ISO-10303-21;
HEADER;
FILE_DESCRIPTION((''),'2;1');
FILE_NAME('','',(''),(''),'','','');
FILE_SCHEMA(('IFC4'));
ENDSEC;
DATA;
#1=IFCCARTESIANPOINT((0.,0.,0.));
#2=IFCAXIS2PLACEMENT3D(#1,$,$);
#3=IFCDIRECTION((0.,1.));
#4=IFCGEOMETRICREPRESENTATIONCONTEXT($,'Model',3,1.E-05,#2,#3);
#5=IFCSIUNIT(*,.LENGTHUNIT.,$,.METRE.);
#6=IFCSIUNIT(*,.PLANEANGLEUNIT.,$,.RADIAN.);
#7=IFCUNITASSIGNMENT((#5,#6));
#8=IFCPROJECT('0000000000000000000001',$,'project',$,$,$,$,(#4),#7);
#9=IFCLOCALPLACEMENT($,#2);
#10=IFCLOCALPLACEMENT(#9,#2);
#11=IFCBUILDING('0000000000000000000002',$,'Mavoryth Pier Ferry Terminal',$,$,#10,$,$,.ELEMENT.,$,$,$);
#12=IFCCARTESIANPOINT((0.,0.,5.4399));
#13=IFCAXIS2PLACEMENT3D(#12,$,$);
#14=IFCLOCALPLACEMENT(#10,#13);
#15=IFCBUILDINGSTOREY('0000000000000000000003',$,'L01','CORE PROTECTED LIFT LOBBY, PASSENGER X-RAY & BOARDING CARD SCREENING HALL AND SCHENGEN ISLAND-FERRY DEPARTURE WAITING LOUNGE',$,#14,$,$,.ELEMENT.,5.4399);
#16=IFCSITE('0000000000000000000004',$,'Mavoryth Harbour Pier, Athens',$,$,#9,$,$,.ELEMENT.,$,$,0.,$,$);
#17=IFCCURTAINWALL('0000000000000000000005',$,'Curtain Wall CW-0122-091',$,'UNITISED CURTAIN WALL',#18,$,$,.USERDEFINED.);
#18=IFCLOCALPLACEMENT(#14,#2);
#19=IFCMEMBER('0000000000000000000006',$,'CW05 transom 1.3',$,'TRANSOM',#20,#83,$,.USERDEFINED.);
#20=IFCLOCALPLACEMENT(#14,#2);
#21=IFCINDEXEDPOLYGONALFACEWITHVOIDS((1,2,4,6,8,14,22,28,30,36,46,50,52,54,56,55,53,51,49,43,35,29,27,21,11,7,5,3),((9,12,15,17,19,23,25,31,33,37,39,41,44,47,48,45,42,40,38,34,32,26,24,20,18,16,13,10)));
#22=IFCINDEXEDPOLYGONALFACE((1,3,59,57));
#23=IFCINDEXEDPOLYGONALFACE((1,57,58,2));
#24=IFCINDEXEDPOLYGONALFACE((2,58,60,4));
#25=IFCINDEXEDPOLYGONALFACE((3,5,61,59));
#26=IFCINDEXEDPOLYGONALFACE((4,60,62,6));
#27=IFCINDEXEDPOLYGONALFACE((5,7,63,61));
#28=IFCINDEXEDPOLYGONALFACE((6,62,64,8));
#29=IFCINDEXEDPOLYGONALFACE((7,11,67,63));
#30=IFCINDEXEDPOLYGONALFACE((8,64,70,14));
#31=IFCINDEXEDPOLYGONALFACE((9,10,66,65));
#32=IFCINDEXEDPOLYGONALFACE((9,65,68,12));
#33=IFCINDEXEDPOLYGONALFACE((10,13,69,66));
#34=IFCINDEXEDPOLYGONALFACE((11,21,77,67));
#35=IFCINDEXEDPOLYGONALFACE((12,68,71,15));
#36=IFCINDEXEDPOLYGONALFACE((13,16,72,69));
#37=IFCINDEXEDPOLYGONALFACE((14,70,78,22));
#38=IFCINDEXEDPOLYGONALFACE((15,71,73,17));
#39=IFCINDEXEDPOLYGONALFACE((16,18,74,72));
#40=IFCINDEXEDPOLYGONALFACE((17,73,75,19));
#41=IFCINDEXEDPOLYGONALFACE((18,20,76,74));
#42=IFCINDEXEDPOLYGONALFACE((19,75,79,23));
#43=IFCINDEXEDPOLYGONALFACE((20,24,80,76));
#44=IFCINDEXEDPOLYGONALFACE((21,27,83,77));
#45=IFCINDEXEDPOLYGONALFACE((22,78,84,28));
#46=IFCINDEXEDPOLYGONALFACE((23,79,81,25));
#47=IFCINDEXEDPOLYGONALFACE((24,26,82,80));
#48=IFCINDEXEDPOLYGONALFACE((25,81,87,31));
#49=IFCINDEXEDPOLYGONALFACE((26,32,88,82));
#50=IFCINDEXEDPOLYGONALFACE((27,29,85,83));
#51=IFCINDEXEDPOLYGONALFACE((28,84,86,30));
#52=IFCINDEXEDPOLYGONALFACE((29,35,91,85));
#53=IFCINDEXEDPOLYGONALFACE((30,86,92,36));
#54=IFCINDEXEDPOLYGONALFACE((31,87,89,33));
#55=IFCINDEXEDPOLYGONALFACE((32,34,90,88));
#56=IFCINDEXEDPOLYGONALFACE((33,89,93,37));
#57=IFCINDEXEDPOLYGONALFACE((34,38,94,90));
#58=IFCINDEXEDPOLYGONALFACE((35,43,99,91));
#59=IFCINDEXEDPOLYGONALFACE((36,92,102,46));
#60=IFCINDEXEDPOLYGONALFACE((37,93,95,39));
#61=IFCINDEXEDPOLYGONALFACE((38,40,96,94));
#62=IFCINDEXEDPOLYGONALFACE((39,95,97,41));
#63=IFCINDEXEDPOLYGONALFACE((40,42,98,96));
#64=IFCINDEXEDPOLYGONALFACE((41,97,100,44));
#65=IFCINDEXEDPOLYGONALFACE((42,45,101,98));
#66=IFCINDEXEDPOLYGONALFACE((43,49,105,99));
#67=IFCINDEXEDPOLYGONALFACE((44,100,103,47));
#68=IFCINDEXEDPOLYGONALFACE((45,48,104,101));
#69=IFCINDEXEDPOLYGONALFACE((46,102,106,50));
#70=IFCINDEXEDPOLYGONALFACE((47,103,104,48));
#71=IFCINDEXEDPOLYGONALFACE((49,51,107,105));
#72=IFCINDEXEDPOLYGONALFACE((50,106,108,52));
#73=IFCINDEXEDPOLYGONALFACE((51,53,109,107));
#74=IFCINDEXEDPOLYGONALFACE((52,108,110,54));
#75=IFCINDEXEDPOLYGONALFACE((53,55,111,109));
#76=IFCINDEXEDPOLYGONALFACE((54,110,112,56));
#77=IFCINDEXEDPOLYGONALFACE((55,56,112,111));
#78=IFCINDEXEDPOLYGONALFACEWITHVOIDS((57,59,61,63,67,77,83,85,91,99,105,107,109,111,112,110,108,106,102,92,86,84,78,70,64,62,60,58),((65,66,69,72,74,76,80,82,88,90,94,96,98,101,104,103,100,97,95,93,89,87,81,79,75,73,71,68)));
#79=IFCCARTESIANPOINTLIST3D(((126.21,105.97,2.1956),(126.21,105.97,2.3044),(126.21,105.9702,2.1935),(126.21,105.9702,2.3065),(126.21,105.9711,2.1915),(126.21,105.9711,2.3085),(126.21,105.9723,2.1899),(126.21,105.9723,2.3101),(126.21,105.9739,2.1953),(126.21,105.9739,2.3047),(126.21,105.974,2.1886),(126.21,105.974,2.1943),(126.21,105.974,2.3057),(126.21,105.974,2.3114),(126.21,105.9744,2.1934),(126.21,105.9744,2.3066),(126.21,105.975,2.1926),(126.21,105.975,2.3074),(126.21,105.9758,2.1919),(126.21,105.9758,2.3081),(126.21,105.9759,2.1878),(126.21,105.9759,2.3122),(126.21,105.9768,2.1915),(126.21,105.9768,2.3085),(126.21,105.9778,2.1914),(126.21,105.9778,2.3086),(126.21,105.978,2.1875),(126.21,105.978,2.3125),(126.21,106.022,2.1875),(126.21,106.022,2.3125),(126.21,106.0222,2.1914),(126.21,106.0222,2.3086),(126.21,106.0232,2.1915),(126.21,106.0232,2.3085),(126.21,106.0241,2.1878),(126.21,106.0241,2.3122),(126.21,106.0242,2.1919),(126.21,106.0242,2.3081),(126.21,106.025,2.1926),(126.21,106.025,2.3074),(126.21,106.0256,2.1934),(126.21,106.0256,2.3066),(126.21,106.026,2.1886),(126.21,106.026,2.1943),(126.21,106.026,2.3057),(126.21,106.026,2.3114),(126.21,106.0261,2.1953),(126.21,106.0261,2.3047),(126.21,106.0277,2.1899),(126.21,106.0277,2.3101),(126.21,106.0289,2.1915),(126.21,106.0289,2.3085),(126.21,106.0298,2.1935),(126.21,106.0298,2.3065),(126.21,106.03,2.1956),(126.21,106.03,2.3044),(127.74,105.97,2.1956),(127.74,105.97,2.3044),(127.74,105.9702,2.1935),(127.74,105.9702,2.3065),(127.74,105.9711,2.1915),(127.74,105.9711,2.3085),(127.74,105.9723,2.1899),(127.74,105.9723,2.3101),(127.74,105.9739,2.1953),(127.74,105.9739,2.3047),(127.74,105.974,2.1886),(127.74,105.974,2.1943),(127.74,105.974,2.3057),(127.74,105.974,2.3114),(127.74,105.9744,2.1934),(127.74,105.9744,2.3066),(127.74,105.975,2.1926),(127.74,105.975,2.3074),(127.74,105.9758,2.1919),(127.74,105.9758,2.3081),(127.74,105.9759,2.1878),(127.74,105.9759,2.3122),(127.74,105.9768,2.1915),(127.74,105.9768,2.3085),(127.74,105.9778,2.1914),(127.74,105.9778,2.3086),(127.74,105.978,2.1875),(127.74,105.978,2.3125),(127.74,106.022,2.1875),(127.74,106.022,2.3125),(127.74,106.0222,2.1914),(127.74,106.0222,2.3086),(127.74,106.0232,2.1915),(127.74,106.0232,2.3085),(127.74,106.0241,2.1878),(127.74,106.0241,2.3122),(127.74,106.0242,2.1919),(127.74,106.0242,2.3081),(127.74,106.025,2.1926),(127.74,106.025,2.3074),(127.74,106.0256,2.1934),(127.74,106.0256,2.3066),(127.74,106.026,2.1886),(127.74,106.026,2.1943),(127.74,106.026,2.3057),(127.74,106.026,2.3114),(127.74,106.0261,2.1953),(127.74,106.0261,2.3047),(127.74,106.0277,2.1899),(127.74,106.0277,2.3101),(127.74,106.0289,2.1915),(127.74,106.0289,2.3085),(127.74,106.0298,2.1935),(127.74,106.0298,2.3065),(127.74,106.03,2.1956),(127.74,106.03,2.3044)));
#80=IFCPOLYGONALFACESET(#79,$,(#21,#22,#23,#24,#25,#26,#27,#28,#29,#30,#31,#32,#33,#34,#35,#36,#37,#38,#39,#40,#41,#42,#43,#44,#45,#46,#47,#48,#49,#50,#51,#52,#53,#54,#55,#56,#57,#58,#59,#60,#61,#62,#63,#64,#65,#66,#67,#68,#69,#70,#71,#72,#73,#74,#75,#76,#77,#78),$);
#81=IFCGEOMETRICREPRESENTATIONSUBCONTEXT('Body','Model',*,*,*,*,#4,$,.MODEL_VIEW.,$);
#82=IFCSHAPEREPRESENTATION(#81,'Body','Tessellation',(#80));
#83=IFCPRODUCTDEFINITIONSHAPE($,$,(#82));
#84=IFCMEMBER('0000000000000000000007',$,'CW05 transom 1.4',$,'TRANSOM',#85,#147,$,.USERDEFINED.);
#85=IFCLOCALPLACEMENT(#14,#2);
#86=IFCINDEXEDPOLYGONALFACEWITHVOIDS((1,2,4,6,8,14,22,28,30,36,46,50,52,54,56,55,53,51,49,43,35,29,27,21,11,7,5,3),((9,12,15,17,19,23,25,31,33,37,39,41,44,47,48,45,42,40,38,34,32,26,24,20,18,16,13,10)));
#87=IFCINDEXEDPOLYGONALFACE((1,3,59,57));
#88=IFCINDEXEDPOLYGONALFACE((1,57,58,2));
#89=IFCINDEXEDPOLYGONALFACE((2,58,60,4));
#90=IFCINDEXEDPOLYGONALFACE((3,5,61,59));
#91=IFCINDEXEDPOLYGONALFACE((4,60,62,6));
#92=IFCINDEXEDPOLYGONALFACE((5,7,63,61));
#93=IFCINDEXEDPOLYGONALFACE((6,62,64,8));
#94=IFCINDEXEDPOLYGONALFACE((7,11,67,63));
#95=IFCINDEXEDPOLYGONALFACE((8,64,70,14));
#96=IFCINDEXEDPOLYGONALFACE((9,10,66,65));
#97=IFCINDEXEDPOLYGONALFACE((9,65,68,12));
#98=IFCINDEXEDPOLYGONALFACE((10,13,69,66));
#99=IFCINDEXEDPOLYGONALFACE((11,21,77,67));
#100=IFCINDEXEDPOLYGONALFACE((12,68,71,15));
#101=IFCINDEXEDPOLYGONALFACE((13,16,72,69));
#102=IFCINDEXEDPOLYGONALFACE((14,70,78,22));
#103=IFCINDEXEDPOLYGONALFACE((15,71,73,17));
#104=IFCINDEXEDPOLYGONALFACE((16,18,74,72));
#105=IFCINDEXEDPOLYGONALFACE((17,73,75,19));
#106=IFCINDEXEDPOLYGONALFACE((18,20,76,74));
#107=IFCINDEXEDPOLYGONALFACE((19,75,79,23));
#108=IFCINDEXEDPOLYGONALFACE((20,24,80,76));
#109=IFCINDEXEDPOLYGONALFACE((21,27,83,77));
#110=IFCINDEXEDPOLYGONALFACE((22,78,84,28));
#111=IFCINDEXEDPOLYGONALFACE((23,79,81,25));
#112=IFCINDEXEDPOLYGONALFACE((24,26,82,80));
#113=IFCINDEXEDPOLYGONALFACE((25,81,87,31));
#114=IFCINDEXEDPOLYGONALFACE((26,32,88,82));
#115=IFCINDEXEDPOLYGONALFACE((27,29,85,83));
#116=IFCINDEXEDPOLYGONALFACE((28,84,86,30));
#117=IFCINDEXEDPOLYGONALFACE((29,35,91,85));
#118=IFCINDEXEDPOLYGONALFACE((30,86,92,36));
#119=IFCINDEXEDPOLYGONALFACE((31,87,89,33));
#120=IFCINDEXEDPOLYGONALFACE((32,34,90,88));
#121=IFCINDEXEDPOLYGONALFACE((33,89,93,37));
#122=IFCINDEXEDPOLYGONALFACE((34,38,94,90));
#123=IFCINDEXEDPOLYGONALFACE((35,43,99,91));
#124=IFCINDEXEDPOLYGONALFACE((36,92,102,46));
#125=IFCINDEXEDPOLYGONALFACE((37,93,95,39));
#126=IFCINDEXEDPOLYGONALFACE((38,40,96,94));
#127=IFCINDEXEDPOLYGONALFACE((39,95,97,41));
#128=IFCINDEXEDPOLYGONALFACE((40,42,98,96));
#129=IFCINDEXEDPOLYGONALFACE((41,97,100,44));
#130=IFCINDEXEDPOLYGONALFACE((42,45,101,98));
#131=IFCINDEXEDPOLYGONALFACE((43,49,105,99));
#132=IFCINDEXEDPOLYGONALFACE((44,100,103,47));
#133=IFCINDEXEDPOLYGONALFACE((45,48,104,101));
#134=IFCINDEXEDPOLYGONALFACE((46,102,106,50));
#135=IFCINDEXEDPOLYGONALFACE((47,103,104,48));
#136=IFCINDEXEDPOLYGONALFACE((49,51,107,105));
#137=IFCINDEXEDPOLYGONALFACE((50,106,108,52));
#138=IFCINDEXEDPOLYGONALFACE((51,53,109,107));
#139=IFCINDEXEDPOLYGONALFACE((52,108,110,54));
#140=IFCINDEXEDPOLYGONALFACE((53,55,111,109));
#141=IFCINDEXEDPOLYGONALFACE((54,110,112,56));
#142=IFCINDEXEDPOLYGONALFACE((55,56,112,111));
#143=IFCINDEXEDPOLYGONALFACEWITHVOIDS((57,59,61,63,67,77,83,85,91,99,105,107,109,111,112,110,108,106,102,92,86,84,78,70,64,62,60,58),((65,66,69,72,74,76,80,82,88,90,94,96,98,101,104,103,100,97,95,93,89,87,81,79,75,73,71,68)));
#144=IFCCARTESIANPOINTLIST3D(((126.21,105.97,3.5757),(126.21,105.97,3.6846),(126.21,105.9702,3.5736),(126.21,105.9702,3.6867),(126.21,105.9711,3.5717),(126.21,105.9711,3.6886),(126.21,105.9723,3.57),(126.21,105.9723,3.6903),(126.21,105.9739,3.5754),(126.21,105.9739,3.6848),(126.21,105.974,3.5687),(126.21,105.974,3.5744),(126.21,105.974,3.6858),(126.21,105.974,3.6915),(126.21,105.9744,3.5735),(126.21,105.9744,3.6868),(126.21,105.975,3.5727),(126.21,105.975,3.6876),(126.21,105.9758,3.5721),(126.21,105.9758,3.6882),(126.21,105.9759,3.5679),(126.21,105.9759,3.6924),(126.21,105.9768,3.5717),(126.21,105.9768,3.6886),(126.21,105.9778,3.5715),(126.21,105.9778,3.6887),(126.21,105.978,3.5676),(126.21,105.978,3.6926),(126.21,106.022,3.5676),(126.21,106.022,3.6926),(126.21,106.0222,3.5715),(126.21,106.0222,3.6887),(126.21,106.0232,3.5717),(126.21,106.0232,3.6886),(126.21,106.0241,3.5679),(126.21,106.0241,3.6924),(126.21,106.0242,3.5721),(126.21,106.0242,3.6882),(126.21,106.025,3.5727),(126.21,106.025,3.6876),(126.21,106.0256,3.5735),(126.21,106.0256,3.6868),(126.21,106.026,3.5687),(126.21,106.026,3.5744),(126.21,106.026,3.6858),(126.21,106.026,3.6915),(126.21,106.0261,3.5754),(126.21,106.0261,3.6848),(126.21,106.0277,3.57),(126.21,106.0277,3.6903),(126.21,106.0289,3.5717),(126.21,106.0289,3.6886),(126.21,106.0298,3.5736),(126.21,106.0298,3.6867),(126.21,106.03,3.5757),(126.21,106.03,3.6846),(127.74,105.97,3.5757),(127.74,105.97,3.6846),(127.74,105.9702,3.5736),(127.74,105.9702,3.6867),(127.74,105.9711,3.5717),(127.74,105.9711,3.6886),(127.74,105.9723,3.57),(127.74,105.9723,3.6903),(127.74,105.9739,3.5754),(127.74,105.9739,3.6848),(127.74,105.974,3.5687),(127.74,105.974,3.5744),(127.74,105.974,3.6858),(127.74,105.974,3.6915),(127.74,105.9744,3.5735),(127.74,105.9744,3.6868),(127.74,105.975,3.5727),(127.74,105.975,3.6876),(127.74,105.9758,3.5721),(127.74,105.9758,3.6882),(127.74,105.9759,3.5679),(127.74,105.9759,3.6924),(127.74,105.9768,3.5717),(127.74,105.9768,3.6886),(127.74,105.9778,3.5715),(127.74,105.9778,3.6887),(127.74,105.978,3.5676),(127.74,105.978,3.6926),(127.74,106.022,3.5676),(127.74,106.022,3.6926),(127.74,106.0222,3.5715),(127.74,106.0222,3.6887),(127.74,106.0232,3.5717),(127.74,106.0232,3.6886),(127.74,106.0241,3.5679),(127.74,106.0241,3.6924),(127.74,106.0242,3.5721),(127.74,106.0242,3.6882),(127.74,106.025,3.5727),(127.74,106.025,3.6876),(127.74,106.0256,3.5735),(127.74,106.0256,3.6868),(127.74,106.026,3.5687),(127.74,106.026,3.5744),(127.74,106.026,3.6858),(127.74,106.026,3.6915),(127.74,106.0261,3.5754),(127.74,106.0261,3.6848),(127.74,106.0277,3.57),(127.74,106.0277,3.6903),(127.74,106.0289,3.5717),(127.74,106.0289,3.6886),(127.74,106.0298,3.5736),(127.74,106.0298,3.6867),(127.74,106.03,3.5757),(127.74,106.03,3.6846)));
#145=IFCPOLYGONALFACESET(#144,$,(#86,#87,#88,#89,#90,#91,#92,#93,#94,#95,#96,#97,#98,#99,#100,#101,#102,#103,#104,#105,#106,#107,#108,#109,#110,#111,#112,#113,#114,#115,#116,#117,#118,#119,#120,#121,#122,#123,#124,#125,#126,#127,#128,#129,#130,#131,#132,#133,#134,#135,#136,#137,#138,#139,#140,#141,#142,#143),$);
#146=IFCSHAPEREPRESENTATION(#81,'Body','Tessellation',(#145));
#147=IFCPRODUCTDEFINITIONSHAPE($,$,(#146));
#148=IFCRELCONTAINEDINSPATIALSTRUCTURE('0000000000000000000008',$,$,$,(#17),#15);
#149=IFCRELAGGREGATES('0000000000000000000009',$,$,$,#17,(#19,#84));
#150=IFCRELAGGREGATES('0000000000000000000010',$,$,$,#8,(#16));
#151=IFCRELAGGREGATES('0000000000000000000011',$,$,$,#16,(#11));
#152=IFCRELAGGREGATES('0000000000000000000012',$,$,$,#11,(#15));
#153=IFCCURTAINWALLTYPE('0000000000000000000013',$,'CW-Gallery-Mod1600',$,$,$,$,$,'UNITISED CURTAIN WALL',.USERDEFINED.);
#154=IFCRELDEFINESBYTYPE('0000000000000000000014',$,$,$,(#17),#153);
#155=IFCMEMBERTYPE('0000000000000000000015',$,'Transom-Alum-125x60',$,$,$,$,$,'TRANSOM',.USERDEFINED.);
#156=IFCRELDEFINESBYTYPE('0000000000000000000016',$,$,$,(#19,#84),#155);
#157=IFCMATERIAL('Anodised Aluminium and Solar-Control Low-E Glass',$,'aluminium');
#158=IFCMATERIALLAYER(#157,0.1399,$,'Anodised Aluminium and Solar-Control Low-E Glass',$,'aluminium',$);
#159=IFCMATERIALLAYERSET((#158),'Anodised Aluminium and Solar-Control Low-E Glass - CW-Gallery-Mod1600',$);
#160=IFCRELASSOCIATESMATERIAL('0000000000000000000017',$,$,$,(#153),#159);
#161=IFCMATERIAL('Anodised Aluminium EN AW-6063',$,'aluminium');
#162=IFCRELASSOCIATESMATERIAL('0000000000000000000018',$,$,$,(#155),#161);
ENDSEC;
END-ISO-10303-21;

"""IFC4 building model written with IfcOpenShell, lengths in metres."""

from ifc_helpers import new_model, si_unit, direction, frame, origin, origin_2d, place, context, subcontext, project, spatial, hollow_rectangle, extrude, material, layer, layer_set, material_profile, profile_set, type_object, element, aggregate, save


model = new_model("IFC4")

# Units and contexts
model_context = context("Model", 3, precision=1e-05, world=origin(), true_north=direction((0.0, 1.0)))
body_context = subcontext(model_context, "Body", "Model", "MODEL_VIEW")
ifc_project = project(units=[si_unit("LENGTHUNIT", "METRE"), si_unit("PLANEANGLEUNIT", "RADIAN")], contexts=[model_context])

# Site, building, storey
site_placement = place(None, origin())
site = spatial("IfcSite", under=ifc_project, at=site_placement, Name="Mavoryth Harbour Pier, Athens", CompositionType="ELEMENT", RefElevation=0.0)
building_placement = place(site_placement, origin())
building = spatial("IfcBuilding", under=site, at=building_placement, Name="Mavoryth Pier Ferry Terminal", CompositionType="ELEMENT")
storey_placement = place(building_placement, frame((0.0, 0.0, 5.4399)))
storey = spatial("IfcBuildingStorey", under=building, at=storey_placement, Name="L01", Description="CORE PROTECTED LIFT LOBBY, PASSENGER X-RAY & BOARDING CARD SCREENING HALL AND SCHENGEN ISLAND-FERRY DEPARTURE WAITING LOUNGE", CompositionType="ELEMENT", Elevation=5.4399)

# Shared definitions
ifc_material_1 = material(Name="Anodised Aluminium and Solar-Control Low-E Glass", Category="aluminium")
ifc_layer_1 = layer(ifc_material_1, 0.1399, Name="Anodised Aluminium and Solar-Control Low-E Glass", Category="aluminium")
ifc_layer_set_1 = layer_set([ifc_layer_1], Name="Anodised Aluminium and Solar-Control Low-E Glass - CW-Gallery-Mod1600")
curtain_wall_type = type_object("IfcCurtainWallType", Name="CW-Gallery-Mod1600", ElementType="UNITISED CURTAIN WALL", PredefinedType="USERDEFINED", material=ifc_layer_set_1)
ifc_material_2 = material(Name="Anodised Aluminium EN AW-6063", Category="aluminium")

# Curtain wall
curtain_wall_1_placement = place(storey_placement, origin())
curtain_wall_1 = element("IfcCurtainWall", 1, at=curtain_wall_1_placement, inside=storey, type_object=curtain_wall_type, Name="Curtain Wall CW-0122-091", ObjectType="UNITISED CURTAIN WALL", PredefinedType="USERDEFINED")

# Members
ifc_material_profile_1 = material_profile(ifc_material_2, hollow_rectangle(XDim=0.0601, YDim=0.125, WallThickness=0.0039, InnerFilletRadius=0.0039, OuterFilletRadius=0.0081, at=origin_2d()), Name="AL-TRAN 125x60x4", Category="aluminium")
ifc_profile_set_1 = profile_set([ifc_material_profile_1], Name="Anodised Aluminium EN AW-6063 - AL-TRAN 125x60x4")
member_type_1 = type_object("IfcMemberType", Name="Transom-Alum-125x60", ElementType="TRANSOM", PredefinedType="USERDEFINED", material=ifc_profile_set_1)
member_1_placement = place(storey_placement, frame((126.21, 106.0, 2.25), z_axis=(1.0, 0.0, 0.0), x_axis=(0.0, 1.0, 0.0)))
member_1 = element("IfcMember", 2, at=member_1_placement, type_object=member_type_1, Name="CW05 transom 1.3", ObjectType="TRANSOM", PredefinedType="USERDEFINED", context=body_context, shape_type="SweptSolid", body=[
    extrude(hollow_rectangle(XDim=0.0601, YDim=0.125, WallThickness=0.0039, InnerFilletRadius=0.0039, OuterFilletRadius=0.0081, at=origin_2d()), origin(), (0.0, 0.0, 1.0), 1.53),
])
member_2_placement = place(storey_placement, frame((126.21, 106.0, 3.6301), z_axis=(1.0, 0.0, 0.0), x_axis=(0.0, 1.0, 0.0)))
member_2 = element("IfcMember", 3, at=member_2_placement, type_object=member_type_1, Name="CW05 transom 1.4", ObjectType="TRANSOM", PredefinedType="USERDEFINED", context=body_context, shape_type="SweptSolid", body=[
    extrude(hollow_rectangle(XDim=0.0601, YDim=0.125, WallThickness=0.0039, InnerFilletRadius=0.0039, OuterFilletRadius=0.0081, at=origin_2d()), origin(), (0.0, 0.0, 1.0), 1.53),
])

aggregate(curtain_wall_1, [member_1, member_2])

save(model, "model.ifc")
